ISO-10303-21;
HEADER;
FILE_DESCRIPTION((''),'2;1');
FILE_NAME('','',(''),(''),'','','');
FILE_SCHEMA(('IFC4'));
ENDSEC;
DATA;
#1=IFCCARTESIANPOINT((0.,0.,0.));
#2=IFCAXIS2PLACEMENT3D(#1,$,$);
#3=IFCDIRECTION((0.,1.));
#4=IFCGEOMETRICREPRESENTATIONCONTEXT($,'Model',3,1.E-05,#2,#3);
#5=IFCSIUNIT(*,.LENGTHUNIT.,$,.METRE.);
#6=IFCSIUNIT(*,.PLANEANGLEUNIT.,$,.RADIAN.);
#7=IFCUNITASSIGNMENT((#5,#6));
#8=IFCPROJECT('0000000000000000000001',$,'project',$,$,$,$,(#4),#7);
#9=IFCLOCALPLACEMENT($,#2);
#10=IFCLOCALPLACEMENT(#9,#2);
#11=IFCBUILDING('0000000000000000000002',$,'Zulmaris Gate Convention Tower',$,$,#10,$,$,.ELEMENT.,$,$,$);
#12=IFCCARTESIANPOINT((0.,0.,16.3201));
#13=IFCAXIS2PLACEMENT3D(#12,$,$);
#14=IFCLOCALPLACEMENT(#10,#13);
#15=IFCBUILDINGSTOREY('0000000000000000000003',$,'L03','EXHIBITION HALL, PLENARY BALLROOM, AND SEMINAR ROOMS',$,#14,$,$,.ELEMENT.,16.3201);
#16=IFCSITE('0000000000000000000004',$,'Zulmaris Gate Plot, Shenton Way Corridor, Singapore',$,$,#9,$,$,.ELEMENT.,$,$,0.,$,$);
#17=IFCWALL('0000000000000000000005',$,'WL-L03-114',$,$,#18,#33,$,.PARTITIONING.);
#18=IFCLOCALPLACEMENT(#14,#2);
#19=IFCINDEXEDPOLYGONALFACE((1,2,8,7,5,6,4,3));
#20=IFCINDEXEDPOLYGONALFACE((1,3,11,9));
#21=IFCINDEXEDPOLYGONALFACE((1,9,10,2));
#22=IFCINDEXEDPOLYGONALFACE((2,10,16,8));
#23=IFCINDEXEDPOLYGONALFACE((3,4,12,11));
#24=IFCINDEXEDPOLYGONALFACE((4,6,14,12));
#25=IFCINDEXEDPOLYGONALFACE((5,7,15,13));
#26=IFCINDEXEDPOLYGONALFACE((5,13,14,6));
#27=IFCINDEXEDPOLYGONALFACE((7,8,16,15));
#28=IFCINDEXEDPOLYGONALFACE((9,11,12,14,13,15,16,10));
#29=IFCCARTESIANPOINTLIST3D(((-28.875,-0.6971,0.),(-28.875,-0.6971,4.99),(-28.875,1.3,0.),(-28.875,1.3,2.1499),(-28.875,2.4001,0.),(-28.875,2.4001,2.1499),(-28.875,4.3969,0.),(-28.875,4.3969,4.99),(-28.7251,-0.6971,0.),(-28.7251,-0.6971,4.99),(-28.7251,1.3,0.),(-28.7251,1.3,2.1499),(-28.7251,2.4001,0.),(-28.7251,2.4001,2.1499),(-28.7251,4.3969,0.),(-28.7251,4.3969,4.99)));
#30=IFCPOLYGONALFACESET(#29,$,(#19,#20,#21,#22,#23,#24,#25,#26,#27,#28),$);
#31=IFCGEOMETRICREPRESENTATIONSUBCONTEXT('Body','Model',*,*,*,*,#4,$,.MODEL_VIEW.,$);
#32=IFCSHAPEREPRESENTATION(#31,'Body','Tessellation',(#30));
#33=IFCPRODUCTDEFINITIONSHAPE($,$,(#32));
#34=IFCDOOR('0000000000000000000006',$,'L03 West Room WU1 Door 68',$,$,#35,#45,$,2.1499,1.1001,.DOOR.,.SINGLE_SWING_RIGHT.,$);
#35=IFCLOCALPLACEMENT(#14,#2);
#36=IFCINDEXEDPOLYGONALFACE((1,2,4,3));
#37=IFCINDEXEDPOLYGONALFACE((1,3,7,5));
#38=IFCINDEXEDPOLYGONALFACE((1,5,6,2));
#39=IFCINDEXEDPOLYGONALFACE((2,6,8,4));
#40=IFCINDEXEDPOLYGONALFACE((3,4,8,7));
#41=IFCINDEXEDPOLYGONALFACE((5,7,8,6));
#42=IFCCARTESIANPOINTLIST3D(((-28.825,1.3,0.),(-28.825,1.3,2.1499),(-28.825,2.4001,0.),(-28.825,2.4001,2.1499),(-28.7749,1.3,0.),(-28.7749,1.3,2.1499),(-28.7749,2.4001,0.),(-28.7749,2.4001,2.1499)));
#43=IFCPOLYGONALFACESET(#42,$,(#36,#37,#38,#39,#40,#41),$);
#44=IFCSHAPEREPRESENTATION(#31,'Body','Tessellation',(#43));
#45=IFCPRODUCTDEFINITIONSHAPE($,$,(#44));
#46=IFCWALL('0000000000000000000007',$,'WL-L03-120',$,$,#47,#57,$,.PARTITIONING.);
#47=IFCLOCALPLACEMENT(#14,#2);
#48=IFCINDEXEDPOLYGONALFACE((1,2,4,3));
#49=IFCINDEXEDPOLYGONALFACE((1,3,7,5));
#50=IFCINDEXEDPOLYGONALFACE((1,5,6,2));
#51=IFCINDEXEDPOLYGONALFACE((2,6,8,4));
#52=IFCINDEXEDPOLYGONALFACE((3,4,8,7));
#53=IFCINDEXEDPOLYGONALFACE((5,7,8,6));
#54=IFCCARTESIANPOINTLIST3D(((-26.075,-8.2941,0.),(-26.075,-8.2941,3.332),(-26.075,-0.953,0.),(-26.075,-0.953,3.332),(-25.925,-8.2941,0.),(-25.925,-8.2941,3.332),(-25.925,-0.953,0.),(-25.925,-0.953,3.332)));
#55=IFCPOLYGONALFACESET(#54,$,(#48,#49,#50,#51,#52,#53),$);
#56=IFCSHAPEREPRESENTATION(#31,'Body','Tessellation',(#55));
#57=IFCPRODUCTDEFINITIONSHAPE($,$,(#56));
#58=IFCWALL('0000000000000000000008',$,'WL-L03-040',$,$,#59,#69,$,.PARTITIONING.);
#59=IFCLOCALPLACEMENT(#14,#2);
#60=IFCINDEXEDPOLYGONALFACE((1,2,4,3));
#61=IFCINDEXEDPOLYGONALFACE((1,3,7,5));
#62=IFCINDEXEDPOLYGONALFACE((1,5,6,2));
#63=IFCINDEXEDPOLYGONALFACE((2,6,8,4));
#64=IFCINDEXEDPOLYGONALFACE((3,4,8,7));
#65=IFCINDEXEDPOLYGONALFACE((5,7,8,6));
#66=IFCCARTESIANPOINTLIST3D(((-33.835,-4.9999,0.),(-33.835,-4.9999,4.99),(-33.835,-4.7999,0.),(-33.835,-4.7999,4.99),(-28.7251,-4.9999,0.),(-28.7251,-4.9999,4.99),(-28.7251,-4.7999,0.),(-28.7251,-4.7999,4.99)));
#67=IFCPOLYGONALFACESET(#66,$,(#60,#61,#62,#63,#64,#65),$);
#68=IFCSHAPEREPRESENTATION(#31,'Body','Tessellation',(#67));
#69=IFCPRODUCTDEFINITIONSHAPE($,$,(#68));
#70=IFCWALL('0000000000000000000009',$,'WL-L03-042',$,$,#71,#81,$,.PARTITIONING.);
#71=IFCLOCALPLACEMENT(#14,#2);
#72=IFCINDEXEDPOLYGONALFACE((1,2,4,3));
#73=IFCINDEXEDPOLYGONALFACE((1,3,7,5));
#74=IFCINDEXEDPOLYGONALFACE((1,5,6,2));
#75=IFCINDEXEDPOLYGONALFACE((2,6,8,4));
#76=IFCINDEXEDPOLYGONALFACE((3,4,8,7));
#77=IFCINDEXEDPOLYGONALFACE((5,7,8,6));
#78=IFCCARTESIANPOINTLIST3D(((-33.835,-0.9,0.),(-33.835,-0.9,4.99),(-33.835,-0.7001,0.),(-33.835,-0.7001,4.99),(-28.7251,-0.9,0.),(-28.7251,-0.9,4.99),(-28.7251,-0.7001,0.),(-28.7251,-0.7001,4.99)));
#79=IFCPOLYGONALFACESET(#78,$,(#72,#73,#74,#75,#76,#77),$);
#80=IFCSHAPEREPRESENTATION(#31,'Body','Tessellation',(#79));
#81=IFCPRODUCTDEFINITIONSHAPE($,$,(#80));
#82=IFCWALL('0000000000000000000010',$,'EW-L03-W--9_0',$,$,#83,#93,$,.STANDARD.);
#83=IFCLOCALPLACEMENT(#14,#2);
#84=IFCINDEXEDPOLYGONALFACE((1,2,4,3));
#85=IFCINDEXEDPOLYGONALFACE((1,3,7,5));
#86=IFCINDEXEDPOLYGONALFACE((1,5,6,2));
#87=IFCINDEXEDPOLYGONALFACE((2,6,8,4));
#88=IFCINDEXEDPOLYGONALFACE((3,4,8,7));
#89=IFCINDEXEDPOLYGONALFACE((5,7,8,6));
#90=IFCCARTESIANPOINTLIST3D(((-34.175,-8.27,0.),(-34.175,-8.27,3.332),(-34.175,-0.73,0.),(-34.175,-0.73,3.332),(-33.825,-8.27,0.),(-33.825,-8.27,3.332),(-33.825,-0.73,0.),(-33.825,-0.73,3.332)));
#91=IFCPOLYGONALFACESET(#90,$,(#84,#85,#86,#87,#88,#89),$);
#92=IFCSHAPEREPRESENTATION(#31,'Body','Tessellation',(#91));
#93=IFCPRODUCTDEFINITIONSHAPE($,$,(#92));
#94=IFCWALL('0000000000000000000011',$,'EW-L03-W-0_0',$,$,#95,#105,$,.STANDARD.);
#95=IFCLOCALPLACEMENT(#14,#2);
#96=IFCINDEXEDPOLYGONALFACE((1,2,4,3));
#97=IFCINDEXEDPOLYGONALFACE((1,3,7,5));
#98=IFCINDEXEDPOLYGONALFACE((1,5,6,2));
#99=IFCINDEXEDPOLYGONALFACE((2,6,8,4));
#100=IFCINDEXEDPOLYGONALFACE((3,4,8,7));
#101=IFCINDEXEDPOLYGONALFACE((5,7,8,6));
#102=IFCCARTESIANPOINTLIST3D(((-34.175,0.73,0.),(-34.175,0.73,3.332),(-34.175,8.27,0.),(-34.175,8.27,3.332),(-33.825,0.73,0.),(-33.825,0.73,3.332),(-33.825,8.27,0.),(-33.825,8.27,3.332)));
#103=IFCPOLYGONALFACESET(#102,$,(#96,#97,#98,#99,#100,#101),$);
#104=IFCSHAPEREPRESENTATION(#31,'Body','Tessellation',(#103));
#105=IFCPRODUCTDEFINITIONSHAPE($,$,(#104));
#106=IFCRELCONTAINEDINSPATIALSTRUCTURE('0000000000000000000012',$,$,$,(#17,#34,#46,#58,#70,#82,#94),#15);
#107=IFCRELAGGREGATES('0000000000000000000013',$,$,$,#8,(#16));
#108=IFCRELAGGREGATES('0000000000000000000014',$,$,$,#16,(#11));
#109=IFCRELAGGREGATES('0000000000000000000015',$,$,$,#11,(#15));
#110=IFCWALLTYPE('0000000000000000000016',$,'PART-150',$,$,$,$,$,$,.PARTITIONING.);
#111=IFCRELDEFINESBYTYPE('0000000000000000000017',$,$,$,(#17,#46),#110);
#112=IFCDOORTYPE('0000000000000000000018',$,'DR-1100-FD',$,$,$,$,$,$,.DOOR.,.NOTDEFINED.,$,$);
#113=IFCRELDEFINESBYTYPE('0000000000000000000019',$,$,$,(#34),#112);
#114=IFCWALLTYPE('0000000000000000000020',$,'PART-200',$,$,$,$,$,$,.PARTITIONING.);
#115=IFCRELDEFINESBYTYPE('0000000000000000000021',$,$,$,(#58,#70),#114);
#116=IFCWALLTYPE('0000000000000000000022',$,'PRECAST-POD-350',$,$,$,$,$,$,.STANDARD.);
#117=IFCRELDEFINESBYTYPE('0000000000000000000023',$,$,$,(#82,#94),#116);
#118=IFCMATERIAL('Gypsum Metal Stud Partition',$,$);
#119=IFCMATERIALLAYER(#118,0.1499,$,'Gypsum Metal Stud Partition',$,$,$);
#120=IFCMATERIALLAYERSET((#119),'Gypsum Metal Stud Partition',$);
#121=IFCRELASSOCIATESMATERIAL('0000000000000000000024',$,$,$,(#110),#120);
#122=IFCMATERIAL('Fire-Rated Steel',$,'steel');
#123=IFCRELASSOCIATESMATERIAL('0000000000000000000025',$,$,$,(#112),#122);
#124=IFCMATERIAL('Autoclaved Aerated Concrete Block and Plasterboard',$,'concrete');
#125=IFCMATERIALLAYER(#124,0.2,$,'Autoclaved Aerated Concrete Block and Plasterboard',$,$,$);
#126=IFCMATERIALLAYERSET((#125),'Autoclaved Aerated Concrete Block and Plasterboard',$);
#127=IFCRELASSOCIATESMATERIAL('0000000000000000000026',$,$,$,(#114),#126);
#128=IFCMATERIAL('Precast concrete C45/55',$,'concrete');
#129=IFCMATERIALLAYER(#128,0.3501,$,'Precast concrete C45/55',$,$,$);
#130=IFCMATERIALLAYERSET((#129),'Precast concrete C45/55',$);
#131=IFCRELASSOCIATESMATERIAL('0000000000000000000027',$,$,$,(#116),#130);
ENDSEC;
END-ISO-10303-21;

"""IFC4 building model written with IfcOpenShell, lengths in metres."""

from ifc_helpers import new_model, si_unit, direction, frame, frame_2d, origin, place, context, subcontext, project, spatial, rectangle, extrude, material, layer, layer_set, type_object, element, fill, save


model = new_model("IFC4")

# Units and contexts
model_context = context("Model", 3, precision=1e-05, world=origin(), true_north=direction((0.0, 1.0)))
body_context = subcontext(model_context, "Body", "Model", "MODEL_VIEW")
ifc_project = project(units=[si_unit("LENGTHUNIT", "METRE"), si_unit("PLANEANGLEUNIT", "RADIAN")], contexts=[model_context])

# Site, building, storey
site_placement = place(None, origin())
site = spatial("IfcSite", under=ifc_project, at=site_placement, Name="Zulmaris Gate Plot, Shenton Way Corridor, Singapore", CompositionType="ELEMENT", RefElevation=0.0)
building_placement = place(site_placement, origin())
building = spatial("IfcBuilding", under=site, at=building_placement, Name="Zulmaris Gate Convention Tower", CompositionType="ELEMENT")
storey_placement = place(building_placement, frame((0.0, 0.0, 16.3201)))
storey = spatial("IfcBuildingStorey", under=building, at=storey_placement, Name="L03", Description="EXHIBITION HALL, PLENARY BALLROOM, AND SEMINAR ROOMS", CompositionType="ELEMENT", Elevation=16.3201)

# Wall, opening, door
ifc_material_1 = material(Name="Gypsum Metal Stud Partition")
ifc_layer_1 = layer(ifc_material_1, 0.1499, Name="Gypsum Metal Stud Partition")
ifc_layer_set_1 = layer_set([ifc_layer_1], Name="Gypsum Metal Stud Partition")
wall_type_1 = type_object("IfcWallType", Name="PART-150", PredefinedType="PARTITIONING", material=ifc_layer_set_1)
ifc_material_2 = material(Name="Fire-Rated Steel", Category="steel")
wall_1_placement = place(storey_placement, frame((-28.8, -0.697, 0.0), z_axis=(0.0, 0.0, 1.0), x_axis=(0.0, 1.0, 0.0)))
wall_1 = element("IfcWall", 1, at=wall_1_placement, inside=storey, type_object=wall_type_1, Name="WL-L03-114", PredefinedType="PARTITIONING", context=body_context, shape_type="SweptSolid", body=[
    extrude(rectangle(XDim=5.094, YDim=0.1499, at=frame_2d((2.5469, 0.0))), origin(), (0.0, 0.0, 1.0), 4.99),
])
opening_1_placement = place(wall_1_placement, frame((1.9971, 0.0, 0.0)))
opening_1 = element("IfcOpeningElement", 2, at=opening_1_placement, cuts=wall_1, PredefinedType="OPENING", context=body_context, shape_type="SweptSolid", body=[
    extrude(rectangle(XDim=1.1001, YDim=2.1499, at=frame_2d((0.55, 1.075))), frame((0.0, 0.085, 0.0), z_axis=(0.0, -1.0, 0.0), x_axis=(1.0, 0.0, 0.0)), (0.0, 0.0, 1.0), 0.1699),
])
door_type_1 = type_object("IfcDoorType", Name="DR-1100-FD", OperationType="NOTDEFINED", PredefinedType="DOOR", material=ifc_material_2)
door_1_placement = place(opening_1_placement, origin())
door_1 = element("IfcDoor", 3, at=door_1_placement, inside=storey, type_object=door_type_1, Name="L03 West Room WU1 Door 68", OperationType="SINGLE_SWING_RIGHT", OverallHeight=2.1499, OverallWidth=1.1001, PredefinedType="DOOR", context=body_context, shape_type="SweptSolid", body=[
    extrude(rectangle(XDim=1.1001, YDim=2.1499, at=frame_2d((0.55, 1.075))), frame((0.0, 0.0249, 0.0), z_axis=(0.0, -1.0, 0.0), x_axis=(1.0, 0.0, 0.0)), (0.0, 0.0, 1.0), 0.05),
])
fill(opening_1, door_1)

# Walls
wall_2_placement = place(storey_placement, frame((-26.0, -8.2939, 0.0), z_axis=(0.0, 0.0, 1.0), x_axis=(0.0, 1.0, 0.0)))
element("IfcWall", 4, at=wall_2_placement, inside=storey, type_object=wall_type_1, Name="WL-L03-120", PredefinedType="PARTITIONING", context=body_context, shape_type="SweptSolid", body=[
    extrude(rectangle(XDim=7.3411, YDim=0.1499, at=frame_2d((3.6704, 0.0))), origin(), (0.0, 0.0, 1.0), 3.332),
])
ifc_material_3 = material(Name="Autoclaved Aerated Concrete Block and Plasterboard", Category="concrete")
ifc_layer_2 = layer(ifc_material_3, 0.2, Name="Autoclaved Aerated Concrete Block and Plasterboard")
ifc_layer_set_2 = layer_set([ifc_layer_2], Name="Autoclaved Aerated Concrete Block and Plasterboard")
wall_type_2 = type_object("IfcWallType", Name="PART-200", PredefinedType="PARTITIONING", material=ifc_layer_set_2)
for number, where, z_axis, x_axis, name in (
    (5, (-33.835, -4.8999, 0.0), (0.0, 0.0, 1.0), (1.0, 0.0, 0.0), "WL-L03-040"),
    (6, (-33.835, -0.8, 0.0), (0.0, 0.0, 1.0), (1.0, 0.0, 0.0), "WL-L03-042"),
):
    element("IfcWall", number, at=place(storey_placement, frame(where, z_axis=z_axis, x_axis=x_axis)), inside=storey, type_object=wall_type_2, Name=name, PredefinedType="PARTITIONING", context=body_context, shape_type="SweptSolid", body=[
        extrude(rectangle(XDim=5.1099, YDim=0.2, at=frame_2d((2.5549, 0.0))), origin(), (0.0, 0.0, 1.0), 4.99),
    ])
ifc_material_4 = material(Name="Precast concrete C45/55", Category="concrete")
ifc_layer_3 = layer(ifc_material_4, 0.3501, Name="Precast concrete C45/55")
ifc_layer_set_3 = layer_set([ifc_layer_3], Name="Precast concrete C45/55")
wall_type_3 = type_object("IfcWallType", Name="PRECAST-POD-350", PredefinedType="STANDARD", material=ifc_layer_set_3)
for number, where, z_axis, x_axis, name in (
    (7, (-34.0, -8.27, 0.0), (0.0, 0.0, 1.0), (0.0, 1.0, 0.0), "EW-L03-W--9_0"),
    (8, (-34.0, 0.73, 0.0), (0.0, 0.0, 1.0), (0.0, 1.0, 0.0), "EW-L03-W-0_0"),
):
    element("IfcWall", number, at=place(storey_placement, frame(where, z_axis=z_axis, x_axis=x_axis)), inside=storey, type_object=wall_type_3, Name=name, PredefinedType="STANDARD", context=body_context, shape_type="SweptSolid", body=[
        extrude(rectangle(XDim=7.54, YDim=0.3501, at=frame_2d((3.77, 0.0))), origin(), (0.0, 0.0, 1.0), 3.332),
    ])

save(model, "model.ifc")
